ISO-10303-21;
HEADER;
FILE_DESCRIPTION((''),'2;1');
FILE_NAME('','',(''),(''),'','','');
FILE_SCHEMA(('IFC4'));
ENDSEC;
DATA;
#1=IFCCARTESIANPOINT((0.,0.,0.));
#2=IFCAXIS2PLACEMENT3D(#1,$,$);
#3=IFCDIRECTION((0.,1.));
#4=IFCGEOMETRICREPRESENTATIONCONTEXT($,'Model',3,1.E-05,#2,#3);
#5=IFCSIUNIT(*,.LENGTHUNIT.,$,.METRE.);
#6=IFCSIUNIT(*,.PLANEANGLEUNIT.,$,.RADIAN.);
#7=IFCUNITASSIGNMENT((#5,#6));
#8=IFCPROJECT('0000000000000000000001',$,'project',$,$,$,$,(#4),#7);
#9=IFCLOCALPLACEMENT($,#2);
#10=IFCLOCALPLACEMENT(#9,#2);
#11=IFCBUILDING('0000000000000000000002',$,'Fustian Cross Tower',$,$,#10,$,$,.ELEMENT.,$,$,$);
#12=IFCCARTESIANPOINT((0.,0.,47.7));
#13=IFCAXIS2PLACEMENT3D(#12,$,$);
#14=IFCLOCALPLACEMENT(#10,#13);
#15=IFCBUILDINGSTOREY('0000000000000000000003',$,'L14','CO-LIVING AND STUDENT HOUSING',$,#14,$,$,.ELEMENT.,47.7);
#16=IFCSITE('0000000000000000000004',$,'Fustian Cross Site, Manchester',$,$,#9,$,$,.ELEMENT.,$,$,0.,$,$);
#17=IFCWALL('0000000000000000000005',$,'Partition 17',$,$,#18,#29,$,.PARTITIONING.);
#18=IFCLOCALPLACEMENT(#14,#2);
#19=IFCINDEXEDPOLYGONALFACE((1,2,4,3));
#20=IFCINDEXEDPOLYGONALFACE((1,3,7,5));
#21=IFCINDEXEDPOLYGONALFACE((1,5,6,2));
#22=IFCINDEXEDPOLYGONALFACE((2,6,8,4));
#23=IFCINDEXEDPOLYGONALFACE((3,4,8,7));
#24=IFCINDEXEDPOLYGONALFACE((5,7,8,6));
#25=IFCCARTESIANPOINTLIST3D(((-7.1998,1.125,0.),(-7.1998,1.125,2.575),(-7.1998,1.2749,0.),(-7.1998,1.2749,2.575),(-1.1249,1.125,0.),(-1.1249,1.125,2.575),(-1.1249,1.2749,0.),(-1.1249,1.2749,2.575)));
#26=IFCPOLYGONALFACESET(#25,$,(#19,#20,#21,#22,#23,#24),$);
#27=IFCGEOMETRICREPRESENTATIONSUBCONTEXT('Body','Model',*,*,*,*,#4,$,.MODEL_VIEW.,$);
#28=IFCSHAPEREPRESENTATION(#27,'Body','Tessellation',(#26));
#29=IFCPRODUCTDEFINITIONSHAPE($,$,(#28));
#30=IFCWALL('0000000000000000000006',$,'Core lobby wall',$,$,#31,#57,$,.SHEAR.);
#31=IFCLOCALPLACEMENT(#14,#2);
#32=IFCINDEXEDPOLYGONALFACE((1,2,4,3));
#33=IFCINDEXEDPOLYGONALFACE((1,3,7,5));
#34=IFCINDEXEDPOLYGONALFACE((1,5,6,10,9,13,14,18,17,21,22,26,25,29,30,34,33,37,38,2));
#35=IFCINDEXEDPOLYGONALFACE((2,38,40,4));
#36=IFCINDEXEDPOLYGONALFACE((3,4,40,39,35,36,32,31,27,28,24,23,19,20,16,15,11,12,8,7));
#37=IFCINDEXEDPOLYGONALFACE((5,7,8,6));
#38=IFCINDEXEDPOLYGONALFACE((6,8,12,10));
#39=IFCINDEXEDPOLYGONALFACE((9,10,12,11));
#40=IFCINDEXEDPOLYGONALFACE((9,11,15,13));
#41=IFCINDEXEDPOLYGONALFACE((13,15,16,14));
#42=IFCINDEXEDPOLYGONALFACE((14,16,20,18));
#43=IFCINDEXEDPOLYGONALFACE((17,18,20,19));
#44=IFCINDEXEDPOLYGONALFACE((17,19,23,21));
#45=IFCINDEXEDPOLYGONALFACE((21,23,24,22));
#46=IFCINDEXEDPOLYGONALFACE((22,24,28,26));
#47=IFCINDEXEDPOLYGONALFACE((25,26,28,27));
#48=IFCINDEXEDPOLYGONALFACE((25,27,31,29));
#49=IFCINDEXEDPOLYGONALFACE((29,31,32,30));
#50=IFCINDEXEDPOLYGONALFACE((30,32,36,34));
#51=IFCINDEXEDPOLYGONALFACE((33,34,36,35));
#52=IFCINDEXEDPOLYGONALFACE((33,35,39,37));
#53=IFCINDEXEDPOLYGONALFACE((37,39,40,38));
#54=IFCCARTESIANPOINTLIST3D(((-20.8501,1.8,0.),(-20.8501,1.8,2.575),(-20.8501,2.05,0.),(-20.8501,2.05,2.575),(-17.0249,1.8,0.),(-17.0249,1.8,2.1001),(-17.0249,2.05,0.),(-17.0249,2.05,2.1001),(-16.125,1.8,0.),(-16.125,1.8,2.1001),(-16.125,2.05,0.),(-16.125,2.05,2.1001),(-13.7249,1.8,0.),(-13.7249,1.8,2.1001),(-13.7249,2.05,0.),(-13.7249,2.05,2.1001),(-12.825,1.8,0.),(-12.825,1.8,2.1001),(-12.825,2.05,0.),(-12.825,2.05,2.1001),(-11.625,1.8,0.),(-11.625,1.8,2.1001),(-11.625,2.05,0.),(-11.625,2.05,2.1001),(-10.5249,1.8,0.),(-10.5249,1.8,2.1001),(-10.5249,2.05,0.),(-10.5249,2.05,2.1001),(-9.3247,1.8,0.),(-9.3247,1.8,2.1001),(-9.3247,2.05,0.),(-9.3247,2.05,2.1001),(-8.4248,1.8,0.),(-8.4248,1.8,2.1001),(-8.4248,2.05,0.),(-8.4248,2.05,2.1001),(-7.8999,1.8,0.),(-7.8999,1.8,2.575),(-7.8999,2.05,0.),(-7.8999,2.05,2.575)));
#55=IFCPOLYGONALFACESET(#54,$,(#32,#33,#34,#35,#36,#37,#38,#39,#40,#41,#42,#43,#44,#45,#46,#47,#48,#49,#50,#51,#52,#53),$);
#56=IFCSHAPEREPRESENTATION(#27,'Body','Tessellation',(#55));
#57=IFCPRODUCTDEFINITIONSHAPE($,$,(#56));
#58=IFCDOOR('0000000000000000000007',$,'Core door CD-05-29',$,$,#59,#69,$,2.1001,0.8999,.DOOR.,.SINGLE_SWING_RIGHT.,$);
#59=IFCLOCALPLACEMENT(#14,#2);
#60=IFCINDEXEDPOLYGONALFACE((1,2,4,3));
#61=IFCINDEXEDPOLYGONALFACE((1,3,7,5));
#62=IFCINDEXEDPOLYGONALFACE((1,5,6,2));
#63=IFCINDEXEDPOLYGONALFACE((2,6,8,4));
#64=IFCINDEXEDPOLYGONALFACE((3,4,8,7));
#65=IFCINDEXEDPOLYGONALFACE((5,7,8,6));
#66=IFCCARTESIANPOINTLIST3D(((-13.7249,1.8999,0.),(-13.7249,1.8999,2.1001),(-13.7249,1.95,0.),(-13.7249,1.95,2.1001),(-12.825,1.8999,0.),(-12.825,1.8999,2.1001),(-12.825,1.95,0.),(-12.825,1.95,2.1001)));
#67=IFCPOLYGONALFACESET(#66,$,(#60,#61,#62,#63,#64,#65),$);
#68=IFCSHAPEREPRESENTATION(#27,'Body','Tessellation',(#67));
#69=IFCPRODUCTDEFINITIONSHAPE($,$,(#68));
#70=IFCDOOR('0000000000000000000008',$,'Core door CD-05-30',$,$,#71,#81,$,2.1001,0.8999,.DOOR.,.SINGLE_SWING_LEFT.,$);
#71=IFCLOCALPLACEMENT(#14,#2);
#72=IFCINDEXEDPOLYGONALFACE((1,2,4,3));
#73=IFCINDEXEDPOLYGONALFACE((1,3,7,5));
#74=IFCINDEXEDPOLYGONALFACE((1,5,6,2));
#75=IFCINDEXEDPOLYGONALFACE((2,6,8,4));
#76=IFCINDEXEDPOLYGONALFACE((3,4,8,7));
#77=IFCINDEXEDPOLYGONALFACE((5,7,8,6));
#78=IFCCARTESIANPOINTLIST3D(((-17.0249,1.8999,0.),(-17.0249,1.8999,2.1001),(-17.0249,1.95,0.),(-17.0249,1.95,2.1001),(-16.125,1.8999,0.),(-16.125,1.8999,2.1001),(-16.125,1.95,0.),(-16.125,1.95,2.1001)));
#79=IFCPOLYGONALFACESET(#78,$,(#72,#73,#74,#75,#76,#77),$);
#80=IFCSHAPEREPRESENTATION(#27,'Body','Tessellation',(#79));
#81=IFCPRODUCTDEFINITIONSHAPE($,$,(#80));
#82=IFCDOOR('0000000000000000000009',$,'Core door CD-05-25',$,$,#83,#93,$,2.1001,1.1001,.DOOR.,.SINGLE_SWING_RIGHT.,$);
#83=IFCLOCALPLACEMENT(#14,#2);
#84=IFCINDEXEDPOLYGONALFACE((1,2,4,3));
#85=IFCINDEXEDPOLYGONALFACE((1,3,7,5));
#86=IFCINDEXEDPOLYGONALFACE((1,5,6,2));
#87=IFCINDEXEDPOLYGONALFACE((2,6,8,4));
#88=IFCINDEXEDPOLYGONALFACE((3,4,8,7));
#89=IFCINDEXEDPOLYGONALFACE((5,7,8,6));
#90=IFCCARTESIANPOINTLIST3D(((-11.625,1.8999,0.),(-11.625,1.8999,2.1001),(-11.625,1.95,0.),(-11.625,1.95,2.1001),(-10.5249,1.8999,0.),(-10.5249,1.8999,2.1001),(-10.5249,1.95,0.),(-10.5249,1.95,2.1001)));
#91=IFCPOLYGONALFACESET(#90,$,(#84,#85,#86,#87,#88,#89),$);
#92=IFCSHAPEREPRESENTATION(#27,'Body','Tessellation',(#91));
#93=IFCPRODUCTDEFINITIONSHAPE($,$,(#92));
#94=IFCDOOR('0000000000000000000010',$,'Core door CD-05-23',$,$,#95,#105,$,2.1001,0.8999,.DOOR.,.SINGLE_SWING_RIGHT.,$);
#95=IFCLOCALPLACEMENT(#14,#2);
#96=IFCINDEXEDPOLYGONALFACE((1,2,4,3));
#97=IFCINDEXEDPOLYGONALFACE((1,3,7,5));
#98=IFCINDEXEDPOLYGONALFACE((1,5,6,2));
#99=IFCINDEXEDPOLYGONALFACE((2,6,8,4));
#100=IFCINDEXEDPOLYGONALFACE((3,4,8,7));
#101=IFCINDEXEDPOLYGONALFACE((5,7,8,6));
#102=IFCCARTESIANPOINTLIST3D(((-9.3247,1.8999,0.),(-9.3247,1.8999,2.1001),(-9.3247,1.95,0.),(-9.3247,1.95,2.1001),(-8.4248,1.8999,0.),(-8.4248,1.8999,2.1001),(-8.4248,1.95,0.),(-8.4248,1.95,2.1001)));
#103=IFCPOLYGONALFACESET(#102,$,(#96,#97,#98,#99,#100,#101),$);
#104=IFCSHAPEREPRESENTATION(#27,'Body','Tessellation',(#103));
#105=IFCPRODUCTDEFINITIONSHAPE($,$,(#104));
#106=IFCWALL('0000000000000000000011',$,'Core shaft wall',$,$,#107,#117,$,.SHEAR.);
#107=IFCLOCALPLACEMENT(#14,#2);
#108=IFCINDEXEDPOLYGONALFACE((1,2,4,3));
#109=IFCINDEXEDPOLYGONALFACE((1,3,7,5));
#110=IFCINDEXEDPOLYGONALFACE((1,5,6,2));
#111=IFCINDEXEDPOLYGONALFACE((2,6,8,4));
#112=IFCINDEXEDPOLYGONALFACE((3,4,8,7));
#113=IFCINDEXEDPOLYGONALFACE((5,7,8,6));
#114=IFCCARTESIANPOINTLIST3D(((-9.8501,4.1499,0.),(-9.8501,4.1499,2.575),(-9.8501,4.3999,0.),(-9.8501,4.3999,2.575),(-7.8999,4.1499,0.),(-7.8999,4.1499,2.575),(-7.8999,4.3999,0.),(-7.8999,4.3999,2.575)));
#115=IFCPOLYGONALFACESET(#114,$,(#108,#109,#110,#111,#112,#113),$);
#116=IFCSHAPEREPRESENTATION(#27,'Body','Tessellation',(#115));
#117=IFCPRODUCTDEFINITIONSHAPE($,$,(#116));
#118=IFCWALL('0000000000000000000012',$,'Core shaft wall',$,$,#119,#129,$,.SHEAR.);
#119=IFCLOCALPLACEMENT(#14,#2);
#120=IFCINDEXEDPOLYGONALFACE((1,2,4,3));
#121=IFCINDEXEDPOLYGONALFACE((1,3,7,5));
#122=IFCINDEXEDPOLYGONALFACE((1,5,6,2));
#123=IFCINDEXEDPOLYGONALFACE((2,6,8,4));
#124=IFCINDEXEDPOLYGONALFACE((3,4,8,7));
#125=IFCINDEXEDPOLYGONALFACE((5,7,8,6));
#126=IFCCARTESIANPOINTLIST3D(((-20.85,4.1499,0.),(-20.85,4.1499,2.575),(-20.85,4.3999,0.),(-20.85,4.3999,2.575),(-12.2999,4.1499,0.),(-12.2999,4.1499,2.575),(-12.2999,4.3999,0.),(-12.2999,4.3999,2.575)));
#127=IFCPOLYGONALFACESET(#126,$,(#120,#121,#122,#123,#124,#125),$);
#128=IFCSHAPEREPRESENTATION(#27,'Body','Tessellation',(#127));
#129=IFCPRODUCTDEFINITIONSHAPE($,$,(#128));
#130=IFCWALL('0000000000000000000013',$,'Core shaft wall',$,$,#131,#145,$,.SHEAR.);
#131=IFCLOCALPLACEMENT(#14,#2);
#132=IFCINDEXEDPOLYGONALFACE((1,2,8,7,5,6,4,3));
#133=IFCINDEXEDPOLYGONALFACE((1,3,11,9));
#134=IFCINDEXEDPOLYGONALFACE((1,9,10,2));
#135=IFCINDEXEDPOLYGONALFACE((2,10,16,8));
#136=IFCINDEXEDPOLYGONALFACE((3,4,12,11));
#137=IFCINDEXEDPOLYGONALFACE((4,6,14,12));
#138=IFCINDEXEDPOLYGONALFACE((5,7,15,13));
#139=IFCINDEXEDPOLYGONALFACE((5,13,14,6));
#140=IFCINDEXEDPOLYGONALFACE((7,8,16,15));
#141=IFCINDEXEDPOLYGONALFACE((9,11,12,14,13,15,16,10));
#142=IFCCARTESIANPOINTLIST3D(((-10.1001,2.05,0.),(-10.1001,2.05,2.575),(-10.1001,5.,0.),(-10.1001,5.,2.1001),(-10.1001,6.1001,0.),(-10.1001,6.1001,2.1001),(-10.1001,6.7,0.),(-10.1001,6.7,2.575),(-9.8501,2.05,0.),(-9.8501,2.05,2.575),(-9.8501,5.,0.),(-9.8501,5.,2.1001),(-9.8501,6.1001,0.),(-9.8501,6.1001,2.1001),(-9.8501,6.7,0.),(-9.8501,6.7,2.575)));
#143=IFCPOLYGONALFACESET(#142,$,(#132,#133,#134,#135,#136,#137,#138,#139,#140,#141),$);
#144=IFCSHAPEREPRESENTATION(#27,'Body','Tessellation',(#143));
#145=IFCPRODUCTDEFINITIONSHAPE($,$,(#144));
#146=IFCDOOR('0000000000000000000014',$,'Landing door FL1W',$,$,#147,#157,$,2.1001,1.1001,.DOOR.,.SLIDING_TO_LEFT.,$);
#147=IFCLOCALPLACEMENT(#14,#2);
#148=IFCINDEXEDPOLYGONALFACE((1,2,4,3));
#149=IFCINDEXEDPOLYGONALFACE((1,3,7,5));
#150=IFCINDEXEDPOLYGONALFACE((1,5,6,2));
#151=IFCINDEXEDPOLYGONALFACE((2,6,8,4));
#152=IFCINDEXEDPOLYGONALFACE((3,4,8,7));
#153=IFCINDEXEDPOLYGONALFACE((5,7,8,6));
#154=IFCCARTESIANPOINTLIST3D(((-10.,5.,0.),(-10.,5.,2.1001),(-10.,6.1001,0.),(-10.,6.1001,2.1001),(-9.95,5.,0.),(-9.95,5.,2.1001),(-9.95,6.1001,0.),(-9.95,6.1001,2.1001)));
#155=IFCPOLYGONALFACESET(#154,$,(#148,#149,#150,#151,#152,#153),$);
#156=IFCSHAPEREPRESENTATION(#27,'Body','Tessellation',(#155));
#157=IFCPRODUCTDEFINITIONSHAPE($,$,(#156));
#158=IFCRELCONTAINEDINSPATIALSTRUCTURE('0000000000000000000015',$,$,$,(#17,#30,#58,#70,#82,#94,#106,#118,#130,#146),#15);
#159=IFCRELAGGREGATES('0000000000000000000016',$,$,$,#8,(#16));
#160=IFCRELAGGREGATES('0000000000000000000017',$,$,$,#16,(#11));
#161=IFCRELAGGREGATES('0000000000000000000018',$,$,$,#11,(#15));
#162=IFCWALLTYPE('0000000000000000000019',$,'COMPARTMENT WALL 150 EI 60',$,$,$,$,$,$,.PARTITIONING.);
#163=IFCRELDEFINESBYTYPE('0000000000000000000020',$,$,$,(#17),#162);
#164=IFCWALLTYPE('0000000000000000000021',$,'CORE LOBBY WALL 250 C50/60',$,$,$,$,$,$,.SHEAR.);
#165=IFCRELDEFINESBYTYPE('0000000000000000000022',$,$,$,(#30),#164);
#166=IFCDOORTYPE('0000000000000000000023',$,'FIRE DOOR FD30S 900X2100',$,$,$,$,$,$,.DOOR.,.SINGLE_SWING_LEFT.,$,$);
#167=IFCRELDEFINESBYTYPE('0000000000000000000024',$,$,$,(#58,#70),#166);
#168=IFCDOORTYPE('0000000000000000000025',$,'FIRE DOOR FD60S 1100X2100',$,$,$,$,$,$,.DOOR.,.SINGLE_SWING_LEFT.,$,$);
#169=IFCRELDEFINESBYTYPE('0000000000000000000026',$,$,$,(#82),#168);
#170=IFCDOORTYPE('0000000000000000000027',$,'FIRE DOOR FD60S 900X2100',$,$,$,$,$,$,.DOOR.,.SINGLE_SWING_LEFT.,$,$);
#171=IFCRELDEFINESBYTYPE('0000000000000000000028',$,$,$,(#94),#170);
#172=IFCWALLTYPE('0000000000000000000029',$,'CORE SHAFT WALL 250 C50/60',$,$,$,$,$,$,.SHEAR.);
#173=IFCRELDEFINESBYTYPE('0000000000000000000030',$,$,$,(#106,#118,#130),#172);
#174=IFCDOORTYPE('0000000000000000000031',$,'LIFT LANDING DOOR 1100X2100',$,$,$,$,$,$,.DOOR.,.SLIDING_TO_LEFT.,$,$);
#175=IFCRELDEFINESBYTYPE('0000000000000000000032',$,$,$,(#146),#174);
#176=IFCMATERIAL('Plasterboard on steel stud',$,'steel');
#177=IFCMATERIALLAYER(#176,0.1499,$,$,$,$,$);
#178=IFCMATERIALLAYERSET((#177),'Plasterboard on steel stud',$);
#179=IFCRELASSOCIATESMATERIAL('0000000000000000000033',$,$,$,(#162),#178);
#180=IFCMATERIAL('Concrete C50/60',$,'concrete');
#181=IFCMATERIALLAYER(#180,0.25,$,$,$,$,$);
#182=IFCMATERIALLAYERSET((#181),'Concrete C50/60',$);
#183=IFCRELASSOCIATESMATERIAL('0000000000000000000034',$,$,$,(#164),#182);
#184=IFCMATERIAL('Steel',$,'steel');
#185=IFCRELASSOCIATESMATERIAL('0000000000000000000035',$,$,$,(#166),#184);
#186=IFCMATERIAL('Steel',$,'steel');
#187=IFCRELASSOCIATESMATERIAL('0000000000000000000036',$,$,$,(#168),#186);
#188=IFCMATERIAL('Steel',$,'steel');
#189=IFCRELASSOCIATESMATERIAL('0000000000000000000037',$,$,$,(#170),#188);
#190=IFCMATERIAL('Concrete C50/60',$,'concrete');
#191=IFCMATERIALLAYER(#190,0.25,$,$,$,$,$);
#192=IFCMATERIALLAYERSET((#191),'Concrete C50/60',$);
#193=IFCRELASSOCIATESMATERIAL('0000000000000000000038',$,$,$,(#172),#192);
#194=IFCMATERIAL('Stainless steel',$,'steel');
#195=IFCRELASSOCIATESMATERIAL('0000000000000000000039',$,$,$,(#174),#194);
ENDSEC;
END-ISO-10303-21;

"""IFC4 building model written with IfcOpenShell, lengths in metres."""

from ifc_helpers import new_model, si_unit, direction, frame, frame_2d, origin, place, context, subcontext, project, spatial, rectangle, extrude, material, layer, layer_set, type_object, element, fill, save


model = new_model("IFC4")

# Units and contexts
model_context = context("Model", 3, precision=1e-05, world=origin(), true_north=direction((0.0, 1.0)))
body_context = subcontext(model_context, "Body", "Model", "MODEL_VIEW")
ifc_project = project(units=[si_unit("LENGTHUNIT", "METRE"), si_unit("PLANEANGLEUNIT", "RADIAN")], contexts=[model_context])

# Site, building, storey
site_placement = place(None, origin())
site = spatial("IfcSite", under=ifc_project, at=site_placement, Name="Fustian Cross Site, Manchester", CompositionType="ELEMENT", RefElevation=0.0)
building_placement = place(site_placement, origin())
building = spatial("IfcBuilding", under=site, at=building_placement, Name="Fustian Cross Tower", CompositionType="ELEMENT")
storey_placement = place(building_placement, frame((0.0, 0.0, 47.7)))
storey = spatial("IfcBuildingStorey", under=building, at=storey_placement, Name="L14", Description="CO-LIVING AND STUDENT HOUSING", CompositionType="ELEMENT", Elevation=47.7)

# Wall
ifc_material_1 = material(Name="Plasterboard on steel stud", Category="steel")
ifc_layer_1 = layer(ifc_material_1, 0.1499)
ifc_layer_set_1 = layer_set([ifc_layer_1], Name="Plasterboard on steel stud")
wall_type_1 = type_object("IfcWallType", Name="COMPARTMENT WALL 150 EI 60", PredefinedType="PARTITIONING", material=ifc_layer_set_1)
wall_1_placement = place(storey_placement, frame((-7.2, 1.2, 0.0), z_axis=(0.0, 0.0, 1.0), x_axis=(1.0, 0.0, 0.0)))
element("IfcWall", 1, at=wall_1_placement, inside=storey, type_object=wall_type_1, Name="Partition 17", PredefinedType="PARTITIONING", context=body_context, shape_type="SweptSolid", body=[
    extrude(rectangle(XDim=6.075, YDim=0.1499, at=frame_2d((3.0376, 0.0))), origin(), (0.0, 0.0, 1.0), 2.575),
])

# Wall, openings, doors
ifc_material_2 = material(Name="Concrete C50/60", Category="concrete")
ifc_layer_2 = layer(ifc_material_2, 0.25)
ifc_layer_set_2 = layer_set([ifc_layer_2], Name="Concrete C50/60")
wall_type_2 = type_object("IfcWallType", Name="CORE LOBBY WALL 250 C50/60", PredefinedType="SHEAR", material=ifc_layer_set_2)
wall_2_placement = place(storey_placement, frame((-7.8999, 1.925, 0.0), z_axis=(0.0, 0.0, 1.0), x_axis=(-1.0, 0.0, 0.0)))
wall_2 = element("IfcWall", 2, at=wall_2_placement, inside=storey, type_object=wall_type_2, Name="Core lobby wall", PredefinedType="SHEAR", context=body_context, shape_type="SweptSolid", body=[
    extrude(rectangle(XDim=12.9502, YDim=0.25, at=frame_2d((6.4751, 0.0))), origin(), (0.0, 0.0, 1.0), 2.575),
])
opening_1_placement = place(wall_2_placement, frame((0.5249, 0.0, 0.0)))
opening_1 = element("IfcOpeningElement", 3, at=opening_1_placement, cuts=wall_2, PredefinedType="OPENING", context=body_context, shape_type="SweptSolid", body=[
    extrude(rectangle(XDim=0.8999, YDim=2.1001, at=frame_2d((0.45, 1.05))), frame((0.0, 0.135, 0.0), z_axis=(0.0, -1.0, 0.0), x_axis=(1.0, 0.0, 0.0)), (0.0, 0.0, 1.0), 0.27),
])
opening_2_placement = place(wall_2_placement, frame((2.625, 0.0, 0.0)))
opening_2 = element("IfcOpeningElement", 4, at=opening_2_placement, cuts=wall_2, PredefinedType="OPENING", context=body_context, shape_type="SweptSolid", body=[
    extrude(rectangle(XDim=1.1001, YDim=2.1001, at=frame_2d((0.55, 1.05))), frame((0.0, 0.135, 0.0), z_axis=(0.0, -1.0, 0.0), x_axis=(1.0, 0.0, 0.0)), (0.0, 0.0, 1.0), 0.27),
])
opening_3_placement = place(wall_2_placement, frame((4.925, 0.0, 0.0)))
opening_3 = element("IfcOpeningElement", 5, at=opening_3_placement, cuts=wall_2, PredefinedType="OPENING", context=body_context, shape_type="SweptSolid", body=[
    extrude(rectangle(XDim=0.8999, YDim=2.1001, at=frame_2d((0.45, 1.05))), frame((0.0, 0.135, 0.0), z_axis=(0.0, -1.0, 0.0), x_axis=(1.0, 0.0, 0.0)), (0.0, 0.0, 1.0), 0.27),
])
opening_4_placement = place(wall_2_placement, frame((8.2251, 0.0, 0.0)))
opening_4 = element("IfcOpeningElement", 6, at=opening_4_placement, cuts=wall_2, PredefinedType="OPENING", context=body_context, shape_type="SweptSolid", body=[
    extrude(rectangle(XDim=0.8999, YDim=2.1001, at=frame_2d((0.45, 1.05))), frame((0.0, 0.135, 0.0), z_axis=(0.0, -1.0, 0.0), x_axis=(1.0, 0.0, 0.0)), (0.0, 0.0, 1.0), 0.27),
])
ifc_material_3 = material(Name="Steel", Category="steel")
door_type_1 = type_object("IfcDoorType", Name="FIRE DOOR FD30S 900X2100", OperationType="SINGLE_SWING_LEFT", PredefinedType="DOOR", material=ifc_material_3)
door_1_placement = place(opening_3_placement, frame((0.8999, 0.0, 0.0), z_axis=(0.0, 0.0, 1.0), x_axis=(-1.0, 0.0, 0.0)))
door_1 = element("IfcDoor", 7, at=door_1_placement, inside=storey, type_object=door_type_1, Name="Core door CD-05-29", OperationType="SINGLE_SWING_RIGHT", OverallHeight=2.1001, OverallWidth=0.8999, PredefinedType="DOOR", context=body_context, shape_type="SweptSolid", body=[
    extrude(rectangle(XDim=0.8999, YDim=2.1001, at=frame_2d((0.45, 1.05))), frame((0.0, 0.0249, 0.0), z_axis=(0.0, -1.0, 0.0), x_axis=(1.0, 0.0, 0.0)), (0.0, 0.0, 1.0), 0.05),
])
fill(opening_3, door_1)
door_2_placement = place(opening_4_placement, frame((0.8999, 0.0, 0.0), z_axis=(0.0, 0.0, 1.0), x_axis=(-1.0, 0.0, 0.0)))
door_2 = element("IfcDoor", 8, at=door_2_placement, inside=storey, type_object=door_type_1, Name="Core door CD-05-30", OperationType="SINGLE_SWING_LEFT", OverallHeight=2.1001, OverallWidth=0.8999, PredefinedType="DOOR", context=body_context, shape_type="SweptSolid", body=[
    extrude(rectangle(XDim=0.8999, YDim=2.1001, at=frame_2d((0.45, 1.05))), frame((0.0, 0.0249, 0.0), z_axis=(0.0, -1.0, 0.0), x_axis=(1.0, 0.0, 0.0)), (0.0, 0.0, 1.0), 0.05),
])
fill(opening_4, door_2)
ifc_material_4 = material(Name="Steel", Category="steel")
door_type_2 = type_object("IfcDoorType", Name="FIRE DOOR FD60S 1100X2100", OperationType="SINGLE_SWING_LEFT", PredefinedType="DOOR", material=ifc_material_4)
door_3_placement = place(opening_2_placement, frame((1.1001, 0.0, 0.0), z_axis=(0.0, 0.0, 1.0), x_axis=(-1.0, 0.0, 0.0)))
door_3 = element("IfcDoor", 9, at=door_3_placement, inside=storey, type_object=door_type_2, Name="Core door CD-05-25", OperationType="SINGLE_SWING_RIGHT", OverallHeight=2.1001, OverallWidth=1.1001, PredefinedType="DOOR", context=body_context, shape_type="SweptSolid", body=[
    extrude(rectangle(XDim=1.1001, YDim=2.1001, at=frame_2d((0.55, 1.05))), frame((0.0, 0.0249, 0.0), z_axis=(0.0, -1.0, 0.0), x_axis=(1.0, 0.0, 0.0)), (0.0, 0.0, 1.0), 0.05),
])
fill(opening_2, door_3)
ifc_material_5 = material(Name="Steel", Category="steel")
door_type_3 = type_object("IfcDoorType", Name="FIRE DOOR FD60S 900X2100", OperationType="SINGLE_SWING_LEFT", PredefinedType="DOOR", material=ifc_material_5)
door_4_placement = place(opening_1_placement, frame((0.8999, 0.0, 0.0), z_axis=(0.0, 0.0, 1.0), x_axis=(-1.0, 0.0, 0.0)))
door_4 = element("IfcDoor", 10, at=door_4_placement, inside=storey, type_object=door_type_3, Name="Core door CD-05-23", OperationType="SINGLE_SWING_RIGHT", OverallHeight=2.1001, OverallWidth=0.8999, PredefinedType="DOOR", context=body_context, shape_type="SweptSolid", body=[
    extrude(rectangle(XDim=0.8999, YDim=2.1001, at=frame_2d((0.45, 1.05))), frame((0.0, 0.0249, 0.0), z_axis=(0.0, -1.0, 0.0), x_axis=(1.0, 0.0, 0.0)), (0.0, 0.0, 1.0), 0.05),
])
fill(opening_1, door_4)

# Walls
ifc_material_6 = material(Name="Concrete C50/60", Category="concrete")
ifc_layer_3 = layer(ifc_material_6, 0.25)
ifc_layer_set_3 = layer_set([ifc_layer_3], Name="Concrete C50/60")
wall_type_3 = type_object("IfcWallType", Name="CORE SHAFT WALL 250 C50/60", PredefinedType="SHEAR", material=ifc_layer_set_3)
wall_3_placement = place(storey_placement, frame((-7.8999, 4.2749, 0.0), z_axis=(0.0, 0.0, 1.0), x_axis=(-1.0, 0.0, 0.0)))
element("IfcWall", 11, at=wall_3_placement, inside=storey, type_object=wall_type_3, Name="Core shaft wall", PredefinedType="SHEAR", context=body_context, shape_type="SweptSolid", body=[
    extrude(rectangle(XDim=1.9502, YDim=0.25, at=frame_2d((0.9751, 0.0))), origin(), (0.0, 0.0, 1.0), 2.575),
])
wall_4_placement = place(storey_placement, frame((-12.3, 4.2749, 0.0), z_axis=(0.0, 0.0, 1.0), x_axis=(-1.0, 0.0, 0.0)))
element("IfcWall", 12, at=wall_4_placement, inside=storey, type_object=wall_type_3, Name="Core shaft wall", PredefinedType="SHEAR", context=body_context, shape_type="SweptSolid", body=[
    extrude(rectangle(XDim=8.55, YDim=0.25, at=frame_2d((4.2749, 0.0))), origin(), (0.0, 0.0, 1.0), 2.575),
])

# Wall, opening, door
wall_5_placement = place(storey_placement, frame((-9.9751, 2.05, 0.0), z_axis=(0.0, 0.0, 1.0), x_axis=(0.0, 1.0, 0.0)))
wall_5 = element("IfcWall", 13, at=wall_5_placement, inside=storey, type_object=wall_type_3, Name="Core shaft wall", PredefinedType="SHEAR", context=body_context, shape_type="SweptSolid", body=[
    extrude(rectangle(XDim=4.6499, YDim=0.25, at=frame_2d((2.325, 0.0))), origin(), (0.0, 0.0, 1.0), 2.575),
])
opening_5_placement = place(wall_5_placement, frame((2.95, 0.0, 0.0)))
opening_5 = element("IfcOpeningElement", 14, at=opening_5_placement, cuts=wall_5, PredefinedType="OPENING", context=body_context, shape_type="SweptSolid", body=[
    extrude(rectangle(XDim=1.1001, YDim=2.1001, at=frame_2d((0.55, 1.05))), frame((0.0, 0.135, 0.0), z_axis=(0.0, -1.0, 0.0), x_axis=(1.0, 0.0, 0.0)), (0.0, 0.0, 1.0), 0.27),
])
ifc_material_7 = material(Name="Stainless steel", Category="steel")
door_type_4 = type_object("IfcDoorType", Name="LIFT LANDING DOOR 1100X2100", OperationType="SLIDING_TO_LEFT", PredefinedType="DOOR", material=ifc_material_7)
door_5_placement = place(opening_5_placement, origin())
door_5 = element("IfcDoor", 15, at=door_5_placement, inside=storey, type_object=door_type_4, Name="Landing door FL1W", OperationType="SLIDING_TO_LEFT", OverallHeight=2.1001, OverallWidth=1.1001, PredefinedType="DOOR", context=body_context, shape_type="SweptSolid", body=[
    extrude(rectangle(XDim=1.1001, YDim=2.1001, at=frame_2d((0.55, 1.05))), frame((0.0, 0.0249, 0.0), z_axis=(0.0, -1.0, 0.0), x_axis=(1.0, 0.0, 0.0)), (0.0, 0.0, 1.0), 0.05),
])
fill(opening_5, door_5)

save(model, "model.ifc")
